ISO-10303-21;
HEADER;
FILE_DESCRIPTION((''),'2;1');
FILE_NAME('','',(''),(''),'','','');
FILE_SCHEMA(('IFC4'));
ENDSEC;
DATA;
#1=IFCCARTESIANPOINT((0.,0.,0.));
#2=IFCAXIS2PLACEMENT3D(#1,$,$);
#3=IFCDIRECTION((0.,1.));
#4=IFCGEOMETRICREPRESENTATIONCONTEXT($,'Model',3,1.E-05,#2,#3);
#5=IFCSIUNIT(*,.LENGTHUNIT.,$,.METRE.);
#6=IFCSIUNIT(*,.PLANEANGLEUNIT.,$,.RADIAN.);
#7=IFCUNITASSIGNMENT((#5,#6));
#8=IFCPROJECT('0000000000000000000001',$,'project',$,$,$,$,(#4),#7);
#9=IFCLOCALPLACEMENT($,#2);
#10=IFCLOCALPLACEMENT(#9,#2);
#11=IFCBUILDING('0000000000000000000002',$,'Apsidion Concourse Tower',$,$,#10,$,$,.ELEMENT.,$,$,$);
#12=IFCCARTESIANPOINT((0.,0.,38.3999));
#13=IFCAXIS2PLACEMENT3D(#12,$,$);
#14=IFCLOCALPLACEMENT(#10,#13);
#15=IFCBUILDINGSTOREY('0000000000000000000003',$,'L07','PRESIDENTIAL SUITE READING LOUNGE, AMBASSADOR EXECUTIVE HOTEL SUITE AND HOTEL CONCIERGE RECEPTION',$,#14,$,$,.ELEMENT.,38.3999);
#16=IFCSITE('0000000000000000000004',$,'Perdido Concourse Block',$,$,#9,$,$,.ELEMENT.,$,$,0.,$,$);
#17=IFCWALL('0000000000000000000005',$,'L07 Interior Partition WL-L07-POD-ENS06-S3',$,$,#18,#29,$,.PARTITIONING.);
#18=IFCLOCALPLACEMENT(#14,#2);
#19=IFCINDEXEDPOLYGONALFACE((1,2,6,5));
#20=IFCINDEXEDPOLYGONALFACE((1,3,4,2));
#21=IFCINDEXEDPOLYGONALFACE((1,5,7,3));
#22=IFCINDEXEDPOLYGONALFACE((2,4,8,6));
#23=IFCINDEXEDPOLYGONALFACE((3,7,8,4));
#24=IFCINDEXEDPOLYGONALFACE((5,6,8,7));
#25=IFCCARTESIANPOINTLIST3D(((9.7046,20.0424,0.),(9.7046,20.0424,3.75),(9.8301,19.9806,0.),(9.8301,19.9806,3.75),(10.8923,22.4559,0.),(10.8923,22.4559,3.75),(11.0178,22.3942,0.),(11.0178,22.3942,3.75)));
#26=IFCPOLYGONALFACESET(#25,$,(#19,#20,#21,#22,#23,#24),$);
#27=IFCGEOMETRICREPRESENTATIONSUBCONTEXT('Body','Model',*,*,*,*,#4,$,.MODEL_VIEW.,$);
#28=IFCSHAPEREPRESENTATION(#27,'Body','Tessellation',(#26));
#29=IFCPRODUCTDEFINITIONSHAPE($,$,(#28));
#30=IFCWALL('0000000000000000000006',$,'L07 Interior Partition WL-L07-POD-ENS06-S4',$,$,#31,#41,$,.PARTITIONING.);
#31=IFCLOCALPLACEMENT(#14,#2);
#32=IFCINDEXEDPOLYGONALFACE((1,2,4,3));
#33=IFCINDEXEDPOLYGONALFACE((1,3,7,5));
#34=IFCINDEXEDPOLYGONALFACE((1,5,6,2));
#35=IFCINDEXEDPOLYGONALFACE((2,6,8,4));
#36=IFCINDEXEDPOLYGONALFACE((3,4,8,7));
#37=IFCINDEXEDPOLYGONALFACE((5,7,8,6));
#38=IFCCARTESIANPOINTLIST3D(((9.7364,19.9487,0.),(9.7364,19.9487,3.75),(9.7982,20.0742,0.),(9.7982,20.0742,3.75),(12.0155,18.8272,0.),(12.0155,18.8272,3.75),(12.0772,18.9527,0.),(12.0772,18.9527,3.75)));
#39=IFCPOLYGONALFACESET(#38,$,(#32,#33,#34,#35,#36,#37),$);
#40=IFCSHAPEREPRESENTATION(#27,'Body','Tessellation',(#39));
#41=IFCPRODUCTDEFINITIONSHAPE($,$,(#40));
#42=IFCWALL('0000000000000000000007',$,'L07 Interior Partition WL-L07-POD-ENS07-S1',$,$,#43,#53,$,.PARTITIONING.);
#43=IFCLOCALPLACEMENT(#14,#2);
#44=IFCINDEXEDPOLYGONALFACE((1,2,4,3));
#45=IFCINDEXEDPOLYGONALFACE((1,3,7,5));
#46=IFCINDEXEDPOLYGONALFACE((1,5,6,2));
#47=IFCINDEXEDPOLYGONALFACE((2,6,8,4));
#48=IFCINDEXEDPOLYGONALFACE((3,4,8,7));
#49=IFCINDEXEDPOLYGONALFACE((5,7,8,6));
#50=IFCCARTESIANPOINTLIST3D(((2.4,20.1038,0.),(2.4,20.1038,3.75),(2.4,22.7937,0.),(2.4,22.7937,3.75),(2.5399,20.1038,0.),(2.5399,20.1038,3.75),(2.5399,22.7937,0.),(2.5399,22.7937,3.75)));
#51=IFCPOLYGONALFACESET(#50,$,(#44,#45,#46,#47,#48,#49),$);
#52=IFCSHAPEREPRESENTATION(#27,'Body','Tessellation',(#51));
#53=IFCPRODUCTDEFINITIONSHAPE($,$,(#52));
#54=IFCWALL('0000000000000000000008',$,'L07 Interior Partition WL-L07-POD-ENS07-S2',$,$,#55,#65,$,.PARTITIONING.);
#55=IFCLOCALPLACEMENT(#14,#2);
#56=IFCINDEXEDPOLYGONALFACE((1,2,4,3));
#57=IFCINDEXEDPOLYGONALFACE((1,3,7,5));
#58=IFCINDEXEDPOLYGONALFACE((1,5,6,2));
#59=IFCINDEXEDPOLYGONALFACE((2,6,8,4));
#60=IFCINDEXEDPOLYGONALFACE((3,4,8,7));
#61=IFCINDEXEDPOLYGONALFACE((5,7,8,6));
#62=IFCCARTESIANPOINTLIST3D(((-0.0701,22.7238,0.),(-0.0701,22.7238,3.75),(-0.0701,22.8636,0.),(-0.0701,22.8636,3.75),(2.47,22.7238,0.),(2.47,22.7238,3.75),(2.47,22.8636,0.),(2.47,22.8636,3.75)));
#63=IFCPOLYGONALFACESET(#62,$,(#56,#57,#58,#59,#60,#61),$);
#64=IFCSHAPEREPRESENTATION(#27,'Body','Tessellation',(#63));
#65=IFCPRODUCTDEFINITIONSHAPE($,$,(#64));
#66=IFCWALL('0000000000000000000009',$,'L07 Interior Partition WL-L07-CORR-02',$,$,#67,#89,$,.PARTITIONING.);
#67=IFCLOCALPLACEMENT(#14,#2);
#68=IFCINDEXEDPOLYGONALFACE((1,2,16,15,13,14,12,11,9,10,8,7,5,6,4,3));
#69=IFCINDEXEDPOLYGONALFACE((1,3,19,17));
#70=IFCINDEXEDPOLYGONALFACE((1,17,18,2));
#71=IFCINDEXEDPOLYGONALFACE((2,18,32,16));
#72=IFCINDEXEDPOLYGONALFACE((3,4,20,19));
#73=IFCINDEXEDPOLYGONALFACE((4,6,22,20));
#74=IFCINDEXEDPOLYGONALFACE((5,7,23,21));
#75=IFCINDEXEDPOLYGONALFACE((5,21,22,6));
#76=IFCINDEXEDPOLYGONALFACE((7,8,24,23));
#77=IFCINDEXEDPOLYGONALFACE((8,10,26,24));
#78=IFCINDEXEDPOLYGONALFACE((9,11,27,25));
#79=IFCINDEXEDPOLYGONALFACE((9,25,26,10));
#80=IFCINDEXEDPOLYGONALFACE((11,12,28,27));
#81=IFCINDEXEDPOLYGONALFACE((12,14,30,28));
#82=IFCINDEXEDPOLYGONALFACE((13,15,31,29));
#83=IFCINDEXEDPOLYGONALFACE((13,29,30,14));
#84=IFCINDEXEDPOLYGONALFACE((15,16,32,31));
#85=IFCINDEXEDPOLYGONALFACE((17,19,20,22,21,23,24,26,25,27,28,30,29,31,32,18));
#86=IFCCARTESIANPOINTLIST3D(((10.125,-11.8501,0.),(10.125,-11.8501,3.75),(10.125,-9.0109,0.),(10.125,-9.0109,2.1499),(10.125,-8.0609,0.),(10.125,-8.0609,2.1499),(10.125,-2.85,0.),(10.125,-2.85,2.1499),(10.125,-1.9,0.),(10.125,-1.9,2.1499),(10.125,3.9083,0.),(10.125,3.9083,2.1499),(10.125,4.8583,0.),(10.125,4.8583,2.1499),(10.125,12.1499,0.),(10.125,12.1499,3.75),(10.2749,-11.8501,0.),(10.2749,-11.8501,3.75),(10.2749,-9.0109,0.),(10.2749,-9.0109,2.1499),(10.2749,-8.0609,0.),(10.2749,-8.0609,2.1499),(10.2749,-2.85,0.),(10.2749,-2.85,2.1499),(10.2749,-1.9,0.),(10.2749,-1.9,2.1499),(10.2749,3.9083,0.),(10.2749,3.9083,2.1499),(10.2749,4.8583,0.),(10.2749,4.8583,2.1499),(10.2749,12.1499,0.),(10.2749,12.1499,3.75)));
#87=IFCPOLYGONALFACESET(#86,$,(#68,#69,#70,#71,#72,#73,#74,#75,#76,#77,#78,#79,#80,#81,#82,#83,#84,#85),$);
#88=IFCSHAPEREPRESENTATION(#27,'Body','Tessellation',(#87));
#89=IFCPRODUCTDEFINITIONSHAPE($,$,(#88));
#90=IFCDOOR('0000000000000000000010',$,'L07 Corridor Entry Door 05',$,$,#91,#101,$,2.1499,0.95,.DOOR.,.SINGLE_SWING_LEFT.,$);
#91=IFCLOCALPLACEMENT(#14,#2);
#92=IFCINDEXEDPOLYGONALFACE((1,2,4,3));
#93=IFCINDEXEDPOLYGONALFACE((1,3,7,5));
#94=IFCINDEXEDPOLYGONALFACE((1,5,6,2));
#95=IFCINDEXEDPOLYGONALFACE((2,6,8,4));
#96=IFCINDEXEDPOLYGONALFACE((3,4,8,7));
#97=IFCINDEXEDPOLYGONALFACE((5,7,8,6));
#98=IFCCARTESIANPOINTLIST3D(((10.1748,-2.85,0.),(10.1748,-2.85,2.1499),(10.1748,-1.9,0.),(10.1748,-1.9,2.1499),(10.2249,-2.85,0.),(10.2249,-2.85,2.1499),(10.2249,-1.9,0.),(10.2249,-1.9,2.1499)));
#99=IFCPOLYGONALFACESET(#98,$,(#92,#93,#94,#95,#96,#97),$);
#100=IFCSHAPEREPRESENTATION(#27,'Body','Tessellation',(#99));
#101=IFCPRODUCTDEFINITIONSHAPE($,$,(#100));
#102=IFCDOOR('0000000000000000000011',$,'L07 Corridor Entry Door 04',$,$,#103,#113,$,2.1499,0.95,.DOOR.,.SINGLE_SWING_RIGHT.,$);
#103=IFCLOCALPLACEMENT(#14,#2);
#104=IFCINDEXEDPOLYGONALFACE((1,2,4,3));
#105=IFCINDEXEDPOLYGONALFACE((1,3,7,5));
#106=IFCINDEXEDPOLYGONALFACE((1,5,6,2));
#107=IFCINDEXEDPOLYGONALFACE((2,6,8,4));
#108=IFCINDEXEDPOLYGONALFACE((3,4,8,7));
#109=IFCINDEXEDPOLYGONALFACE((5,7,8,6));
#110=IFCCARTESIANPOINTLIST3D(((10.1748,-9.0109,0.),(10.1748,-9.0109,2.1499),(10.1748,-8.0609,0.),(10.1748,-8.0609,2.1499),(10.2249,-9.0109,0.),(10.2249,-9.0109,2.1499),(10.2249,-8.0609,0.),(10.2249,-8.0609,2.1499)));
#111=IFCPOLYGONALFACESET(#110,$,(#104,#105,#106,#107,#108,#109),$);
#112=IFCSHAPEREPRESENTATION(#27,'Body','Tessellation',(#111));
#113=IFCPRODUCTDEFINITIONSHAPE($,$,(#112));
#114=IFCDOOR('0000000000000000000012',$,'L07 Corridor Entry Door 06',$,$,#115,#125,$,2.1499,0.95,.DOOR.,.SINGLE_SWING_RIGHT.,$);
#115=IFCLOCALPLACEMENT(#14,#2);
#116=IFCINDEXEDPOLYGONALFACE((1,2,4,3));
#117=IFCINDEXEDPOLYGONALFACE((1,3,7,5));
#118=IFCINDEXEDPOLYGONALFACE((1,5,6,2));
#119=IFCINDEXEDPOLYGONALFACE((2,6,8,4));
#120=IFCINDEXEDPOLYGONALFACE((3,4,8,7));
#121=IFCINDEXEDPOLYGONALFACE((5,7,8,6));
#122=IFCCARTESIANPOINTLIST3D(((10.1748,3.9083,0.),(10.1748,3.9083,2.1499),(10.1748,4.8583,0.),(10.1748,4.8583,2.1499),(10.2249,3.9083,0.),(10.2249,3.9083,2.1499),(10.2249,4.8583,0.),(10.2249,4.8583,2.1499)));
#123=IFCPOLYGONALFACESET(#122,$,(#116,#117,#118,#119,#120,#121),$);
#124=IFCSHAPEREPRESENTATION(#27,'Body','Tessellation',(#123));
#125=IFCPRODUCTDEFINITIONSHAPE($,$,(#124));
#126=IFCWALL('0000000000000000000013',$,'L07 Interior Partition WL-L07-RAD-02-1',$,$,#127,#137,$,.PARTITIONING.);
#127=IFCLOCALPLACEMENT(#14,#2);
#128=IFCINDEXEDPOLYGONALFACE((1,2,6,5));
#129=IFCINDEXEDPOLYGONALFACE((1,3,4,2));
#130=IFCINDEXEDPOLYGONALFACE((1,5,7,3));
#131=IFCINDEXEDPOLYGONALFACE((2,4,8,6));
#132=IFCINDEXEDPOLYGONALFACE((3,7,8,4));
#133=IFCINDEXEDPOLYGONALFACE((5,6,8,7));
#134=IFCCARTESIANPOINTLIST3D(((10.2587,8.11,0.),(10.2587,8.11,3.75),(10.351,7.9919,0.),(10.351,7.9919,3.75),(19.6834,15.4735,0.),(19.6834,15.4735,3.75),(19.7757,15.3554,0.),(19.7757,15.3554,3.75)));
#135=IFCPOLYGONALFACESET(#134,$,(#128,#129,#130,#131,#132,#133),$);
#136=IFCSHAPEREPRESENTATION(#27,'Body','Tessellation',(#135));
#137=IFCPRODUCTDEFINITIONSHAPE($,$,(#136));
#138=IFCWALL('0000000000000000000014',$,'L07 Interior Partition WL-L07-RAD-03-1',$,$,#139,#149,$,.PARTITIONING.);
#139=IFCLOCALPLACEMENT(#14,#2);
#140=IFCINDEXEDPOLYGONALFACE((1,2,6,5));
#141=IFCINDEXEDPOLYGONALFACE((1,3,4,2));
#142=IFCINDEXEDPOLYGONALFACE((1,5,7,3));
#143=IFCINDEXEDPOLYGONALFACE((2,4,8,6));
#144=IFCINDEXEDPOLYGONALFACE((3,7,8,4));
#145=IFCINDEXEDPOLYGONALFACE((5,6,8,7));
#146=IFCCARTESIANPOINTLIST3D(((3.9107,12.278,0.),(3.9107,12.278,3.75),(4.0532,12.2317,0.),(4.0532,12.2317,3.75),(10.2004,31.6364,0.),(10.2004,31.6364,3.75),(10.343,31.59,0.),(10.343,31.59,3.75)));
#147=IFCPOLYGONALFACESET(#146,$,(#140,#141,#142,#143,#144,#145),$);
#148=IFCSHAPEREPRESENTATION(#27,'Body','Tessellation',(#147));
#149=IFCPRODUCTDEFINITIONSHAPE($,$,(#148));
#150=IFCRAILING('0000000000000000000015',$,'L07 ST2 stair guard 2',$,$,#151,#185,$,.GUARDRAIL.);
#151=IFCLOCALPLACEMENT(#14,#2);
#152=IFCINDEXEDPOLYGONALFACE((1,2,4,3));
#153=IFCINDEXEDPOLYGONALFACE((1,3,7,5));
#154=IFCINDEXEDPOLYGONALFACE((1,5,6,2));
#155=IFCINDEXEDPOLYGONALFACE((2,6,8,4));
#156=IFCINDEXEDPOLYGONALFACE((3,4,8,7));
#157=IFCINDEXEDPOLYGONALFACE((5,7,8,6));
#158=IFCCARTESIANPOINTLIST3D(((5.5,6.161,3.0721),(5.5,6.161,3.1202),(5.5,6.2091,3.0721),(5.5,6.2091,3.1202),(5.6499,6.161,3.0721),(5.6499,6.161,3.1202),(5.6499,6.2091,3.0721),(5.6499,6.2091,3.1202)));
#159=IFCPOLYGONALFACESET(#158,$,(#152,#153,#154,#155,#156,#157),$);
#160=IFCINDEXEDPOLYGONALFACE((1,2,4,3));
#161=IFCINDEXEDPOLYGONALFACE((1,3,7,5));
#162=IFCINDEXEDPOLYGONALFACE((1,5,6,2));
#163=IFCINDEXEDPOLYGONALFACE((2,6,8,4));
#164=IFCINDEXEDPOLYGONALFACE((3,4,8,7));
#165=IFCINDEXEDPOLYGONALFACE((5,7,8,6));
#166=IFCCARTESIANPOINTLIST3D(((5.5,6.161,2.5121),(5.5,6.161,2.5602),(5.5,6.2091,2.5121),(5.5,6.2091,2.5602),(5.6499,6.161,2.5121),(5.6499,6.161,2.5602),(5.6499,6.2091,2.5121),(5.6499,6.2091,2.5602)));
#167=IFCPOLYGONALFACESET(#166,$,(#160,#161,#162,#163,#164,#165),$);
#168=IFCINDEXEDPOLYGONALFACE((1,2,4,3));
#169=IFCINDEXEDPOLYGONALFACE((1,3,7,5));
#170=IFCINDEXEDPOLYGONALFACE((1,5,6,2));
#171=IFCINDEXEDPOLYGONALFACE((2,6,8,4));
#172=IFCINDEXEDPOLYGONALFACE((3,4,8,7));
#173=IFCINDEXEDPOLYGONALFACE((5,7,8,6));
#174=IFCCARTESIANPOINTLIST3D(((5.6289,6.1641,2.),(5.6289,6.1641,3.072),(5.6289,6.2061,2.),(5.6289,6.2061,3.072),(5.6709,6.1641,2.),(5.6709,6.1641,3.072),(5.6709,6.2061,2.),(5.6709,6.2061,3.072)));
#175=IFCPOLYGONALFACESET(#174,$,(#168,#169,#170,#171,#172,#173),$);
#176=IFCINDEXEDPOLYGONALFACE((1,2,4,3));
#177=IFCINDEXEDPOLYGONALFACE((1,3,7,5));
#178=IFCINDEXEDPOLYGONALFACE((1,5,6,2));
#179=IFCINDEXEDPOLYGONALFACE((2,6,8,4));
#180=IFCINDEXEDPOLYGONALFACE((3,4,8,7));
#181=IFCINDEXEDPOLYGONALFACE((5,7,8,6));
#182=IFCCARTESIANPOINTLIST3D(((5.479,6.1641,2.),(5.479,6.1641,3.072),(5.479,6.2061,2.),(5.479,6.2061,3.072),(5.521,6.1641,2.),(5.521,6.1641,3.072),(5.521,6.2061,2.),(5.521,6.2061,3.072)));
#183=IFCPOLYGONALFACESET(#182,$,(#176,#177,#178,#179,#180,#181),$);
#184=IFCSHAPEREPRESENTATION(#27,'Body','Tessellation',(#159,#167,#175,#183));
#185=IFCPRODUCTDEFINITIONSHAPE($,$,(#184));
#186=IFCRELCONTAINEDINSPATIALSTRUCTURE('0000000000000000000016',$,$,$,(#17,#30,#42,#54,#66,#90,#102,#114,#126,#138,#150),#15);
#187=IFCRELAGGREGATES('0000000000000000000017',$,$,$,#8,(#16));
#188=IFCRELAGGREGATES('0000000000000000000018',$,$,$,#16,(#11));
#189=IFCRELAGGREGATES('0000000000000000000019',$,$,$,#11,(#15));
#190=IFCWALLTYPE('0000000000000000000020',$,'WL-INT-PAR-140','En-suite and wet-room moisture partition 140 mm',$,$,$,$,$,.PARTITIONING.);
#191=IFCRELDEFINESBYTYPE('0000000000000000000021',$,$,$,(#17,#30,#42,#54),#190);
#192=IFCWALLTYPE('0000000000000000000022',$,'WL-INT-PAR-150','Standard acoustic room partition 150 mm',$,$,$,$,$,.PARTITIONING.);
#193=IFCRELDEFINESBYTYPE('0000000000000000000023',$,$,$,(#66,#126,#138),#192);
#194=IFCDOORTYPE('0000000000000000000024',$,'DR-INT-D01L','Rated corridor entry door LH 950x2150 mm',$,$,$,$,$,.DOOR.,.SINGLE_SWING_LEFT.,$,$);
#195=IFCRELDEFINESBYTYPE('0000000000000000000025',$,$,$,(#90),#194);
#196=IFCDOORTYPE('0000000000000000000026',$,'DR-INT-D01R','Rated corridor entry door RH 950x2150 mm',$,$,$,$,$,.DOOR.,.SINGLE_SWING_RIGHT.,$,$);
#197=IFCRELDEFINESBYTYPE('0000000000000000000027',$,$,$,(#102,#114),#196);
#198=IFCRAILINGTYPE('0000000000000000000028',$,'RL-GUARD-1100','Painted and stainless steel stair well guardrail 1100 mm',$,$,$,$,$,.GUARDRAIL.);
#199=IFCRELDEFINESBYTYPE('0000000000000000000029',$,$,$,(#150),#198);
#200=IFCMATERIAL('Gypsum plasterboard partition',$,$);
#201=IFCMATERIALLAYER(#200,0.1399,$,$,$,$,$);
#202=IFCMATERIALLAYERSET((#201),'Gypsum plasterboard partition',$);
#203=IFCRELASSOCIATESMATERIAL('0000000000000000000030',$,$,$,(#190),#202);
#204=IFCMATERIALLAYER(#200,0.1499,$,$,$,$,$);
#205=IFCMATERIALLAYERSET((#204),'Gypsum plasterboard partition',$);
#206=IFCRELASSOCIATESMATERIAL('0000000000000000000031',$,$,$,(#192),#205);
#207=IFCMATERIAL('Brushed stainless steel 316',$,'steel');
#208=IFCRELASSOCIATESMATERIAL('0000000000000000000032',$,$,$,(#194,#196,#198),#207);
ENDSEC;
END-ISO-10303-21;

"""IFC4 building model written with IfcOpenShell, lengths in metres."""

from ifc_helpers import new_model, si_unit, direction, frame, frame_2d, origin, origin_2d, place, context, subcontext, project, spatial, rectangle, extrude, material, layer, layer_set, type_object, element, fill, save


model = new_model("IFC4")

# Units and contexts
model_context = context("Model", 3, precision=1e-05, world=origin(), true_north=direction((0.0, 1.0)))
body_context = subcontext(model_context, "Body", "Model", "MODEL_VIEW")
ifc_project = project(units=[si_unit("LENGTHUNIT", "METRE"), si_unit("PLANEANGLEUNIT", "RADIAN")], contexts=[model_context])

# Site, building, storey
site_placement = place(None, origin())
site = spatial("IfcSite", under=ifc_project, at=site_placement, Name="Perdido Concourse Block", CompositionType="ELEMENT", RefElevation=0.0)
building_placement = place(site_placement, origin())
building = spatial("IfcBuilding", under=site, at=building_placement, Name="Apsidion Concourse Tower", CompositionType="ELEMENT")
storey_placement = place(building_placement, frame((0.0, 0.0, 38.3999)))
storey = spatial("IfcBuildingStorey", under=building, at=storey_placement, Name="L07", Description="PRESIDENTIAL SUITE READING LOUNGE, AMBASSADOR EXECUTIVE HOTEL SUITE AND HOTEL CONCIERGE RECEPTION", CompositionType="ELEMENT", Elevation=38.3999)

# Shared definitions
ifc_material_1 = material(Name="Gypsum plasterboard partition")
ifc_layer_1 = layer(ifc_material_1, 0.1399)
ifc_layer_set_1 = layer_set([ifc_layer_1], Name="Gypsum plasterboard partition")
wall_type_1 = type_object("IfcWallType", Name="WL-INT-PAR-140", Description="En-suite and wet-room moisture partition 140 mm", PredefinedType="PARTITIONING", material=ifc_layer_set_1)

# Walls
wall_1_placement = place(storey_placement, frame((10.9551, 22.425, 0.0), z_axis=(0.0, 0.0, 1.0), x_axis=(-0.441541, -0.897241, 0.0)))
element("IfcWall", 1, at=wall_1_placement, inside=storey, type_object=wall_type_1, Name="L07 Interior Partition WL-L07-POD-ENS06-S3", PredefinedType="PARTITIONING", context=body_context, shape_type="SweptSolid", body=[
    extrude(rectangle(XDim=2.6899, YDim=0.1399, at=frame_2d((1.345, 0.0))), origin(), (0.0, 0.0, 1.0), 3.75),
])
wall_2_placement = place(storey_placement, frame((9.7673, 20.0115, 0.0), z_axis=(0.0, 0.0, 1.0), x_axis=(0.897235, -0.441553, 0.0)))
element("IfcWall", 2, at=wall_2_placement, inside=storey, type_object=wall_type_1, Name="L07 Interior Partition WL-L07-POD-ENS06-S4", PredefinedType="PARTITIONING", context=body_context, shape_type="SweptSolid", body=[
    extrude(rectangle(XDim=2.54, YDim=0.1399, at=frame_2d((1.27, 0.0))), origin(), (0.0, 0.0, 1.0), 3.75),
])
wall_3_placement = place(storey_placement, frame((2.47, 20.1038, 0.0), z_axis=(0.0, 0.0, 1.0), x_axis=(0.0, 1.0, 0.0)))
element("IfcWall", 3, at=wall_3_placement, inside=storey, type_object=wall_type_1, Name="L07 Interior Partition WL-L07-POD-ENS07-S1", PredefinedType="PARTITIONING", context=body_context, shape_type="SweptSolid", body=[
    extrude(rectangle(XDim=2.6899, YDim=0.1399, at=frame_2d((1.345, 0.0))), origin(), (0.0, 0.0, 1.0), 3.75),
])
wall_4_placement = place(storey_placement, frame((2.47, 22.7937, 0.0), z_axis=(0.0, 0.0, 1.0), x_axis=(-1.0, 0.0, 0.0)))
element("IfcWall", 4, at=wall_4_placement, inside=storey, type_object=wall_type_1, Name="L07 Interior Partition WL-L07-POD-ENS07-S2", PredefinedType="PARTITIONING", context=body_context, shape_type="SweptSolid", body=[
    extrude(rectangle(XDim=2.54, YDim=0.1399, at=frame_2d((1.27, 0.0))), origin(), (0.0, 0.0, 1.0), 3.75),
])

# Wall, openings, doors
ifc_layer_2 = layer(ifc_material_1, 0.1499)
ifc_layer_set_2 = layer_set([ifc_layer_2], Name="Gypsum plasterboard partition")
wall_type_2 = type_object("IfcWallType", Name="WL-INT-PAR-150", Description="Standard acoustic room partition 150 mm", PredefinedType="PARTITIONING", material=ifc_layer_set_2)
wall_5_placement = place(storey_placement, frame((10.2, 12.1499, 0.0), z_axis=(0.0, 0.0, 1.0), x_axis=(0.0, -1.0, 0.0)))
wall_5 = element("IfcWall", 5, at=wall_5_placement, inside=storey, type_object=wall_type_2, Name="L07 Interior Partition WL-L07-CORR-02", PredefinedType="PARTITIONING", context=body_context, shape_type="SweptSolid", body=[
    extrude(rectangle(XDim=24.0, YDim=0.1499, at=frame_2d((12.0, 0.0))), origin(), (0.0, 0.0, 1.0), 3.75),
])
opening_1_placement = place(wall_5_placement, frame((20.2107, 0.0, 0.0)))
opening_1 = element("IfcOpeningElement", 6, at=opening_1_placement, cuts=wall_5, PredefinedType="OPENING", context=body_context, shape_type="SweptSolid", body=[
    extrude(rectangle(XDim=0.95, YDim=2.1499, at=frame_2d((0.4751, 1.075))), frame((0.0, 0.085, 0.0), z_axis=(0.0, -1.0, 0.0), x_axis=(1.0, 0.0, 0.0)), (0.0, 0.0, 1.0), 0.1699),
])
opening_2_placement = place(wall_5_placement, frame((14.0498, 0.0, 0.0)))
opening_2 = element("IfcOpeningElement", 7, at=opening_2_placement, cuts=wall_5, PredefinedType="OPENING", context=body_context, shape_type="SweptSolid", body=[
    extrude(rectangle(XDim=0.95, YDim=2.1499, at=frame_2d((0.4751, 1.075))), frame((0.0, 0.085, 0.0), z_axis=(0.0, -1.0, 0.0), x_axis=(1.0, 0.0, 0.0)), (0.0, 0.0, 1.0), 0.1699),
])
opening_3_placement = place(wall_5_placement, frame((7.2915, 0.0, 0.0)))
opening_3 = element("IfcOpeningElement", 8, at=opening_3_placement, cuts=wall_5, PredefinedType="OPENING", context=body_context, shape_type="SweptSolid", body=[
    extrude(rectangle(XDim=0.95, YDim=2.1499, at=frame_2d((0.4751, 1.075))), frame((0.0, 0.085, 0.0), z_axis=(0.0, -1.0, 0.0), x_axis=(1.0, 0.0, 0.0)), (0.0, 0.0, 1.0), 0.1699),
])
ifc_material_2 = material(Name="Brushed stainless steel 316", Category="steel")
door_type_1 = type_object("IfcDoorType", Name="DR-INT-D01L", Description="Rated corridor entry door LH 950x2150 mm", OperationType="SINGLE_SWING_LEFT", PredefinedType="DOOR", material=ifc_material_2)
door_1_placement = place(opening_2_placement, origin())
door_1 = element("IfcDoor", 9, at=door_1_placement, inside=storey, type_object=door_type_1, Name="L07 Corridor Entry Door 05", OperationType="SINGLE_SWING_LEFT", OverallHeight=2.1499, OverallWidth=0.95, PredefinedType="DOOR", context=body_context, shape_type="SweptSolid", body=[
    extrude(rectangle(XDim=0.95, YDim=2.1499, at=frame_2d((0.4751, 1.075))), frame((0.0, 0.0249, 0.0), z_axis=(0.0, -1.0, 0.0), x_axis=(1.0, 0.0, 0.0)), (0.0, 0.0, 1.0), 0.05),
])
fill(opening_2, door_1)
door_type_2 = type_object("IfcDoorType", Name="DR-INT-D01R", Description="Rated corridor entry door RH 950x2150 mm", OperationType="SINGLE_SWING_RIGHT", PredefinedType="DOOR", material=ifc_material_2)
door_2_placement = place(opening_1_placement, origin())
door_2 = element("IfcDoor", 10, at=door_2_placement, inside=storey, type_object=door_type_2, Name="L07 Corridor Entry Door 04", OperationType="SINGLE_SWING_RIGHT", OverallHeight=2.1499, OverallWidth=0.95, PredefinedType="DOOR", context=body_context, shape_type="SweptSolid", body=[
    extrude(rectangle(XDim=0.95, YDim=2.1499, at=frame_2d((0.4751, 1.075))), frame((0.0, 0.0249, 0.0), z_axis=(0.0, -1.0, 0.0), x_axis=(1.0, 0.0, 0.0)), (0.0, 0.0, 1.0), 0.05),
])
fill(opening_1, door_2)
door_3_placement = place(opening_3_placement, origin())
door_3 = element("IfcDoor", 11, at=door_3_placement, inside=storey, type_object=door_type_2, Name="L07 Corridor Entry Door 06", OperationType="SINGLE_SWING_RIGHT", OverallHeight=2.1499, OverallWidth=0.95, PredefinedType="DOOR", context=body_context, shape_type="SweptSolid", body=[
    extrude(rectangle(XDim=0.95, YDim=2.1499, at=frame_2d((0.4751, 1.075))), frame((0.0, 0.0249, 0.0), z_axis=(0.0, -1.0, 0.0), x_axis=(1.0, 0.0, 0.0)), (0.0, 0.0, 1.0), 0.05),
])
fill(opening_3, door_3)

# Walls
wall_6_placement = place(storey_placement, frame((10.3049, 8.051, 0.0), z_axis=(0.0, 0.0, 1.0), x_axis=(0.788008, 0.615665, 0.0)))
element("IfcWall", 12, at=wall_6_placement, inside=storey, type_object=wall_type_2, Name="L07 Interior Partition WL-L07-RAD-02-1", PredefinedType="PARTITIONING", context=body_context, shape_type="SweptSolid", body=[
    extrude(rectangle(XDim=11.9602, YDim=0.1499, at=frame_2d((5.98, 0.0))), origin(), (0.0, 0.0, 1.0), 3.75),
])
wall_7_placement = place(storey_placement, frame((3.9819, 12.2549, 0.0), z_axis=(0.0, 0.0, 1.0), x_axis=(0.309011, 0.951058, 0.0)))
element("IfcWall", 13, at=wall_7_placement, inside=storey, type_object=wall_type_2, Name="L07 Interior Partition WL-L07-RAD-03-1", PredefinedType="PARTITIONING", context=body_context, shape_type="SweptSolid", body=[
    extrude(rectangle(XDim=20.3545, YDim=0.1499, at=frame_2d((10.1772, 0.0))), origin(), (0.0, 0.0, 1.0), 3.75),
])

# Railing
railing_type_1 = type_object("IfcRailingType", Name="RL-GUARD-1100", Description="Painted and stainless steel stair well guardrail 1100 mm", PredefinedType="GUARDRAIL", material=ifc_material_2)
railing_1_placement = place(storey_placement, frame((5.6499, 6.1851, 2.0)))
element("IfcRailing", 14, at=railing_1_placement, inside=storey, type_object=railing_type_1, Name="L07 ST2 stair guard 2", PredefinedType="GUARDRAIL", context=body_context, shape_type="SweptSolid", body=[
    extrude(rectangle(XDim=0.0481, YDim=0.0481, at=origin_2d()), frame((0.0, 0.0, 1.0962), z_axis=(-1.0, 0.0, 0.0), x_axis=(0.0, -1.0, 0.0)), (0.0, 0.0, 1.0), 0.1499),
    extrude(rectangle(XDim=0.0481, YDim=0.0481, at=origin_2d()), frame((0.0, 0.0, 0.5361), z_axis=(-1.0, 0.0, 0.0), x_axis=(0.0, -1.0, 0.0)), (0.0, 0.0, 1.0), 0.1499),
    extrude(rectangle(XDim=0.042, YDim=0.042, at=origin_2d()), origin(), (0.0, 0.0, 1.0), 1.072),
    extrude(rectangle(XDim=0.042, YDim=0.042, at=origin_2d()), frame((-0.1499, 0.0, 0.0)), (0.0, 0.0, 1.0), 1.072),
])

save(model, "model.ifc")
